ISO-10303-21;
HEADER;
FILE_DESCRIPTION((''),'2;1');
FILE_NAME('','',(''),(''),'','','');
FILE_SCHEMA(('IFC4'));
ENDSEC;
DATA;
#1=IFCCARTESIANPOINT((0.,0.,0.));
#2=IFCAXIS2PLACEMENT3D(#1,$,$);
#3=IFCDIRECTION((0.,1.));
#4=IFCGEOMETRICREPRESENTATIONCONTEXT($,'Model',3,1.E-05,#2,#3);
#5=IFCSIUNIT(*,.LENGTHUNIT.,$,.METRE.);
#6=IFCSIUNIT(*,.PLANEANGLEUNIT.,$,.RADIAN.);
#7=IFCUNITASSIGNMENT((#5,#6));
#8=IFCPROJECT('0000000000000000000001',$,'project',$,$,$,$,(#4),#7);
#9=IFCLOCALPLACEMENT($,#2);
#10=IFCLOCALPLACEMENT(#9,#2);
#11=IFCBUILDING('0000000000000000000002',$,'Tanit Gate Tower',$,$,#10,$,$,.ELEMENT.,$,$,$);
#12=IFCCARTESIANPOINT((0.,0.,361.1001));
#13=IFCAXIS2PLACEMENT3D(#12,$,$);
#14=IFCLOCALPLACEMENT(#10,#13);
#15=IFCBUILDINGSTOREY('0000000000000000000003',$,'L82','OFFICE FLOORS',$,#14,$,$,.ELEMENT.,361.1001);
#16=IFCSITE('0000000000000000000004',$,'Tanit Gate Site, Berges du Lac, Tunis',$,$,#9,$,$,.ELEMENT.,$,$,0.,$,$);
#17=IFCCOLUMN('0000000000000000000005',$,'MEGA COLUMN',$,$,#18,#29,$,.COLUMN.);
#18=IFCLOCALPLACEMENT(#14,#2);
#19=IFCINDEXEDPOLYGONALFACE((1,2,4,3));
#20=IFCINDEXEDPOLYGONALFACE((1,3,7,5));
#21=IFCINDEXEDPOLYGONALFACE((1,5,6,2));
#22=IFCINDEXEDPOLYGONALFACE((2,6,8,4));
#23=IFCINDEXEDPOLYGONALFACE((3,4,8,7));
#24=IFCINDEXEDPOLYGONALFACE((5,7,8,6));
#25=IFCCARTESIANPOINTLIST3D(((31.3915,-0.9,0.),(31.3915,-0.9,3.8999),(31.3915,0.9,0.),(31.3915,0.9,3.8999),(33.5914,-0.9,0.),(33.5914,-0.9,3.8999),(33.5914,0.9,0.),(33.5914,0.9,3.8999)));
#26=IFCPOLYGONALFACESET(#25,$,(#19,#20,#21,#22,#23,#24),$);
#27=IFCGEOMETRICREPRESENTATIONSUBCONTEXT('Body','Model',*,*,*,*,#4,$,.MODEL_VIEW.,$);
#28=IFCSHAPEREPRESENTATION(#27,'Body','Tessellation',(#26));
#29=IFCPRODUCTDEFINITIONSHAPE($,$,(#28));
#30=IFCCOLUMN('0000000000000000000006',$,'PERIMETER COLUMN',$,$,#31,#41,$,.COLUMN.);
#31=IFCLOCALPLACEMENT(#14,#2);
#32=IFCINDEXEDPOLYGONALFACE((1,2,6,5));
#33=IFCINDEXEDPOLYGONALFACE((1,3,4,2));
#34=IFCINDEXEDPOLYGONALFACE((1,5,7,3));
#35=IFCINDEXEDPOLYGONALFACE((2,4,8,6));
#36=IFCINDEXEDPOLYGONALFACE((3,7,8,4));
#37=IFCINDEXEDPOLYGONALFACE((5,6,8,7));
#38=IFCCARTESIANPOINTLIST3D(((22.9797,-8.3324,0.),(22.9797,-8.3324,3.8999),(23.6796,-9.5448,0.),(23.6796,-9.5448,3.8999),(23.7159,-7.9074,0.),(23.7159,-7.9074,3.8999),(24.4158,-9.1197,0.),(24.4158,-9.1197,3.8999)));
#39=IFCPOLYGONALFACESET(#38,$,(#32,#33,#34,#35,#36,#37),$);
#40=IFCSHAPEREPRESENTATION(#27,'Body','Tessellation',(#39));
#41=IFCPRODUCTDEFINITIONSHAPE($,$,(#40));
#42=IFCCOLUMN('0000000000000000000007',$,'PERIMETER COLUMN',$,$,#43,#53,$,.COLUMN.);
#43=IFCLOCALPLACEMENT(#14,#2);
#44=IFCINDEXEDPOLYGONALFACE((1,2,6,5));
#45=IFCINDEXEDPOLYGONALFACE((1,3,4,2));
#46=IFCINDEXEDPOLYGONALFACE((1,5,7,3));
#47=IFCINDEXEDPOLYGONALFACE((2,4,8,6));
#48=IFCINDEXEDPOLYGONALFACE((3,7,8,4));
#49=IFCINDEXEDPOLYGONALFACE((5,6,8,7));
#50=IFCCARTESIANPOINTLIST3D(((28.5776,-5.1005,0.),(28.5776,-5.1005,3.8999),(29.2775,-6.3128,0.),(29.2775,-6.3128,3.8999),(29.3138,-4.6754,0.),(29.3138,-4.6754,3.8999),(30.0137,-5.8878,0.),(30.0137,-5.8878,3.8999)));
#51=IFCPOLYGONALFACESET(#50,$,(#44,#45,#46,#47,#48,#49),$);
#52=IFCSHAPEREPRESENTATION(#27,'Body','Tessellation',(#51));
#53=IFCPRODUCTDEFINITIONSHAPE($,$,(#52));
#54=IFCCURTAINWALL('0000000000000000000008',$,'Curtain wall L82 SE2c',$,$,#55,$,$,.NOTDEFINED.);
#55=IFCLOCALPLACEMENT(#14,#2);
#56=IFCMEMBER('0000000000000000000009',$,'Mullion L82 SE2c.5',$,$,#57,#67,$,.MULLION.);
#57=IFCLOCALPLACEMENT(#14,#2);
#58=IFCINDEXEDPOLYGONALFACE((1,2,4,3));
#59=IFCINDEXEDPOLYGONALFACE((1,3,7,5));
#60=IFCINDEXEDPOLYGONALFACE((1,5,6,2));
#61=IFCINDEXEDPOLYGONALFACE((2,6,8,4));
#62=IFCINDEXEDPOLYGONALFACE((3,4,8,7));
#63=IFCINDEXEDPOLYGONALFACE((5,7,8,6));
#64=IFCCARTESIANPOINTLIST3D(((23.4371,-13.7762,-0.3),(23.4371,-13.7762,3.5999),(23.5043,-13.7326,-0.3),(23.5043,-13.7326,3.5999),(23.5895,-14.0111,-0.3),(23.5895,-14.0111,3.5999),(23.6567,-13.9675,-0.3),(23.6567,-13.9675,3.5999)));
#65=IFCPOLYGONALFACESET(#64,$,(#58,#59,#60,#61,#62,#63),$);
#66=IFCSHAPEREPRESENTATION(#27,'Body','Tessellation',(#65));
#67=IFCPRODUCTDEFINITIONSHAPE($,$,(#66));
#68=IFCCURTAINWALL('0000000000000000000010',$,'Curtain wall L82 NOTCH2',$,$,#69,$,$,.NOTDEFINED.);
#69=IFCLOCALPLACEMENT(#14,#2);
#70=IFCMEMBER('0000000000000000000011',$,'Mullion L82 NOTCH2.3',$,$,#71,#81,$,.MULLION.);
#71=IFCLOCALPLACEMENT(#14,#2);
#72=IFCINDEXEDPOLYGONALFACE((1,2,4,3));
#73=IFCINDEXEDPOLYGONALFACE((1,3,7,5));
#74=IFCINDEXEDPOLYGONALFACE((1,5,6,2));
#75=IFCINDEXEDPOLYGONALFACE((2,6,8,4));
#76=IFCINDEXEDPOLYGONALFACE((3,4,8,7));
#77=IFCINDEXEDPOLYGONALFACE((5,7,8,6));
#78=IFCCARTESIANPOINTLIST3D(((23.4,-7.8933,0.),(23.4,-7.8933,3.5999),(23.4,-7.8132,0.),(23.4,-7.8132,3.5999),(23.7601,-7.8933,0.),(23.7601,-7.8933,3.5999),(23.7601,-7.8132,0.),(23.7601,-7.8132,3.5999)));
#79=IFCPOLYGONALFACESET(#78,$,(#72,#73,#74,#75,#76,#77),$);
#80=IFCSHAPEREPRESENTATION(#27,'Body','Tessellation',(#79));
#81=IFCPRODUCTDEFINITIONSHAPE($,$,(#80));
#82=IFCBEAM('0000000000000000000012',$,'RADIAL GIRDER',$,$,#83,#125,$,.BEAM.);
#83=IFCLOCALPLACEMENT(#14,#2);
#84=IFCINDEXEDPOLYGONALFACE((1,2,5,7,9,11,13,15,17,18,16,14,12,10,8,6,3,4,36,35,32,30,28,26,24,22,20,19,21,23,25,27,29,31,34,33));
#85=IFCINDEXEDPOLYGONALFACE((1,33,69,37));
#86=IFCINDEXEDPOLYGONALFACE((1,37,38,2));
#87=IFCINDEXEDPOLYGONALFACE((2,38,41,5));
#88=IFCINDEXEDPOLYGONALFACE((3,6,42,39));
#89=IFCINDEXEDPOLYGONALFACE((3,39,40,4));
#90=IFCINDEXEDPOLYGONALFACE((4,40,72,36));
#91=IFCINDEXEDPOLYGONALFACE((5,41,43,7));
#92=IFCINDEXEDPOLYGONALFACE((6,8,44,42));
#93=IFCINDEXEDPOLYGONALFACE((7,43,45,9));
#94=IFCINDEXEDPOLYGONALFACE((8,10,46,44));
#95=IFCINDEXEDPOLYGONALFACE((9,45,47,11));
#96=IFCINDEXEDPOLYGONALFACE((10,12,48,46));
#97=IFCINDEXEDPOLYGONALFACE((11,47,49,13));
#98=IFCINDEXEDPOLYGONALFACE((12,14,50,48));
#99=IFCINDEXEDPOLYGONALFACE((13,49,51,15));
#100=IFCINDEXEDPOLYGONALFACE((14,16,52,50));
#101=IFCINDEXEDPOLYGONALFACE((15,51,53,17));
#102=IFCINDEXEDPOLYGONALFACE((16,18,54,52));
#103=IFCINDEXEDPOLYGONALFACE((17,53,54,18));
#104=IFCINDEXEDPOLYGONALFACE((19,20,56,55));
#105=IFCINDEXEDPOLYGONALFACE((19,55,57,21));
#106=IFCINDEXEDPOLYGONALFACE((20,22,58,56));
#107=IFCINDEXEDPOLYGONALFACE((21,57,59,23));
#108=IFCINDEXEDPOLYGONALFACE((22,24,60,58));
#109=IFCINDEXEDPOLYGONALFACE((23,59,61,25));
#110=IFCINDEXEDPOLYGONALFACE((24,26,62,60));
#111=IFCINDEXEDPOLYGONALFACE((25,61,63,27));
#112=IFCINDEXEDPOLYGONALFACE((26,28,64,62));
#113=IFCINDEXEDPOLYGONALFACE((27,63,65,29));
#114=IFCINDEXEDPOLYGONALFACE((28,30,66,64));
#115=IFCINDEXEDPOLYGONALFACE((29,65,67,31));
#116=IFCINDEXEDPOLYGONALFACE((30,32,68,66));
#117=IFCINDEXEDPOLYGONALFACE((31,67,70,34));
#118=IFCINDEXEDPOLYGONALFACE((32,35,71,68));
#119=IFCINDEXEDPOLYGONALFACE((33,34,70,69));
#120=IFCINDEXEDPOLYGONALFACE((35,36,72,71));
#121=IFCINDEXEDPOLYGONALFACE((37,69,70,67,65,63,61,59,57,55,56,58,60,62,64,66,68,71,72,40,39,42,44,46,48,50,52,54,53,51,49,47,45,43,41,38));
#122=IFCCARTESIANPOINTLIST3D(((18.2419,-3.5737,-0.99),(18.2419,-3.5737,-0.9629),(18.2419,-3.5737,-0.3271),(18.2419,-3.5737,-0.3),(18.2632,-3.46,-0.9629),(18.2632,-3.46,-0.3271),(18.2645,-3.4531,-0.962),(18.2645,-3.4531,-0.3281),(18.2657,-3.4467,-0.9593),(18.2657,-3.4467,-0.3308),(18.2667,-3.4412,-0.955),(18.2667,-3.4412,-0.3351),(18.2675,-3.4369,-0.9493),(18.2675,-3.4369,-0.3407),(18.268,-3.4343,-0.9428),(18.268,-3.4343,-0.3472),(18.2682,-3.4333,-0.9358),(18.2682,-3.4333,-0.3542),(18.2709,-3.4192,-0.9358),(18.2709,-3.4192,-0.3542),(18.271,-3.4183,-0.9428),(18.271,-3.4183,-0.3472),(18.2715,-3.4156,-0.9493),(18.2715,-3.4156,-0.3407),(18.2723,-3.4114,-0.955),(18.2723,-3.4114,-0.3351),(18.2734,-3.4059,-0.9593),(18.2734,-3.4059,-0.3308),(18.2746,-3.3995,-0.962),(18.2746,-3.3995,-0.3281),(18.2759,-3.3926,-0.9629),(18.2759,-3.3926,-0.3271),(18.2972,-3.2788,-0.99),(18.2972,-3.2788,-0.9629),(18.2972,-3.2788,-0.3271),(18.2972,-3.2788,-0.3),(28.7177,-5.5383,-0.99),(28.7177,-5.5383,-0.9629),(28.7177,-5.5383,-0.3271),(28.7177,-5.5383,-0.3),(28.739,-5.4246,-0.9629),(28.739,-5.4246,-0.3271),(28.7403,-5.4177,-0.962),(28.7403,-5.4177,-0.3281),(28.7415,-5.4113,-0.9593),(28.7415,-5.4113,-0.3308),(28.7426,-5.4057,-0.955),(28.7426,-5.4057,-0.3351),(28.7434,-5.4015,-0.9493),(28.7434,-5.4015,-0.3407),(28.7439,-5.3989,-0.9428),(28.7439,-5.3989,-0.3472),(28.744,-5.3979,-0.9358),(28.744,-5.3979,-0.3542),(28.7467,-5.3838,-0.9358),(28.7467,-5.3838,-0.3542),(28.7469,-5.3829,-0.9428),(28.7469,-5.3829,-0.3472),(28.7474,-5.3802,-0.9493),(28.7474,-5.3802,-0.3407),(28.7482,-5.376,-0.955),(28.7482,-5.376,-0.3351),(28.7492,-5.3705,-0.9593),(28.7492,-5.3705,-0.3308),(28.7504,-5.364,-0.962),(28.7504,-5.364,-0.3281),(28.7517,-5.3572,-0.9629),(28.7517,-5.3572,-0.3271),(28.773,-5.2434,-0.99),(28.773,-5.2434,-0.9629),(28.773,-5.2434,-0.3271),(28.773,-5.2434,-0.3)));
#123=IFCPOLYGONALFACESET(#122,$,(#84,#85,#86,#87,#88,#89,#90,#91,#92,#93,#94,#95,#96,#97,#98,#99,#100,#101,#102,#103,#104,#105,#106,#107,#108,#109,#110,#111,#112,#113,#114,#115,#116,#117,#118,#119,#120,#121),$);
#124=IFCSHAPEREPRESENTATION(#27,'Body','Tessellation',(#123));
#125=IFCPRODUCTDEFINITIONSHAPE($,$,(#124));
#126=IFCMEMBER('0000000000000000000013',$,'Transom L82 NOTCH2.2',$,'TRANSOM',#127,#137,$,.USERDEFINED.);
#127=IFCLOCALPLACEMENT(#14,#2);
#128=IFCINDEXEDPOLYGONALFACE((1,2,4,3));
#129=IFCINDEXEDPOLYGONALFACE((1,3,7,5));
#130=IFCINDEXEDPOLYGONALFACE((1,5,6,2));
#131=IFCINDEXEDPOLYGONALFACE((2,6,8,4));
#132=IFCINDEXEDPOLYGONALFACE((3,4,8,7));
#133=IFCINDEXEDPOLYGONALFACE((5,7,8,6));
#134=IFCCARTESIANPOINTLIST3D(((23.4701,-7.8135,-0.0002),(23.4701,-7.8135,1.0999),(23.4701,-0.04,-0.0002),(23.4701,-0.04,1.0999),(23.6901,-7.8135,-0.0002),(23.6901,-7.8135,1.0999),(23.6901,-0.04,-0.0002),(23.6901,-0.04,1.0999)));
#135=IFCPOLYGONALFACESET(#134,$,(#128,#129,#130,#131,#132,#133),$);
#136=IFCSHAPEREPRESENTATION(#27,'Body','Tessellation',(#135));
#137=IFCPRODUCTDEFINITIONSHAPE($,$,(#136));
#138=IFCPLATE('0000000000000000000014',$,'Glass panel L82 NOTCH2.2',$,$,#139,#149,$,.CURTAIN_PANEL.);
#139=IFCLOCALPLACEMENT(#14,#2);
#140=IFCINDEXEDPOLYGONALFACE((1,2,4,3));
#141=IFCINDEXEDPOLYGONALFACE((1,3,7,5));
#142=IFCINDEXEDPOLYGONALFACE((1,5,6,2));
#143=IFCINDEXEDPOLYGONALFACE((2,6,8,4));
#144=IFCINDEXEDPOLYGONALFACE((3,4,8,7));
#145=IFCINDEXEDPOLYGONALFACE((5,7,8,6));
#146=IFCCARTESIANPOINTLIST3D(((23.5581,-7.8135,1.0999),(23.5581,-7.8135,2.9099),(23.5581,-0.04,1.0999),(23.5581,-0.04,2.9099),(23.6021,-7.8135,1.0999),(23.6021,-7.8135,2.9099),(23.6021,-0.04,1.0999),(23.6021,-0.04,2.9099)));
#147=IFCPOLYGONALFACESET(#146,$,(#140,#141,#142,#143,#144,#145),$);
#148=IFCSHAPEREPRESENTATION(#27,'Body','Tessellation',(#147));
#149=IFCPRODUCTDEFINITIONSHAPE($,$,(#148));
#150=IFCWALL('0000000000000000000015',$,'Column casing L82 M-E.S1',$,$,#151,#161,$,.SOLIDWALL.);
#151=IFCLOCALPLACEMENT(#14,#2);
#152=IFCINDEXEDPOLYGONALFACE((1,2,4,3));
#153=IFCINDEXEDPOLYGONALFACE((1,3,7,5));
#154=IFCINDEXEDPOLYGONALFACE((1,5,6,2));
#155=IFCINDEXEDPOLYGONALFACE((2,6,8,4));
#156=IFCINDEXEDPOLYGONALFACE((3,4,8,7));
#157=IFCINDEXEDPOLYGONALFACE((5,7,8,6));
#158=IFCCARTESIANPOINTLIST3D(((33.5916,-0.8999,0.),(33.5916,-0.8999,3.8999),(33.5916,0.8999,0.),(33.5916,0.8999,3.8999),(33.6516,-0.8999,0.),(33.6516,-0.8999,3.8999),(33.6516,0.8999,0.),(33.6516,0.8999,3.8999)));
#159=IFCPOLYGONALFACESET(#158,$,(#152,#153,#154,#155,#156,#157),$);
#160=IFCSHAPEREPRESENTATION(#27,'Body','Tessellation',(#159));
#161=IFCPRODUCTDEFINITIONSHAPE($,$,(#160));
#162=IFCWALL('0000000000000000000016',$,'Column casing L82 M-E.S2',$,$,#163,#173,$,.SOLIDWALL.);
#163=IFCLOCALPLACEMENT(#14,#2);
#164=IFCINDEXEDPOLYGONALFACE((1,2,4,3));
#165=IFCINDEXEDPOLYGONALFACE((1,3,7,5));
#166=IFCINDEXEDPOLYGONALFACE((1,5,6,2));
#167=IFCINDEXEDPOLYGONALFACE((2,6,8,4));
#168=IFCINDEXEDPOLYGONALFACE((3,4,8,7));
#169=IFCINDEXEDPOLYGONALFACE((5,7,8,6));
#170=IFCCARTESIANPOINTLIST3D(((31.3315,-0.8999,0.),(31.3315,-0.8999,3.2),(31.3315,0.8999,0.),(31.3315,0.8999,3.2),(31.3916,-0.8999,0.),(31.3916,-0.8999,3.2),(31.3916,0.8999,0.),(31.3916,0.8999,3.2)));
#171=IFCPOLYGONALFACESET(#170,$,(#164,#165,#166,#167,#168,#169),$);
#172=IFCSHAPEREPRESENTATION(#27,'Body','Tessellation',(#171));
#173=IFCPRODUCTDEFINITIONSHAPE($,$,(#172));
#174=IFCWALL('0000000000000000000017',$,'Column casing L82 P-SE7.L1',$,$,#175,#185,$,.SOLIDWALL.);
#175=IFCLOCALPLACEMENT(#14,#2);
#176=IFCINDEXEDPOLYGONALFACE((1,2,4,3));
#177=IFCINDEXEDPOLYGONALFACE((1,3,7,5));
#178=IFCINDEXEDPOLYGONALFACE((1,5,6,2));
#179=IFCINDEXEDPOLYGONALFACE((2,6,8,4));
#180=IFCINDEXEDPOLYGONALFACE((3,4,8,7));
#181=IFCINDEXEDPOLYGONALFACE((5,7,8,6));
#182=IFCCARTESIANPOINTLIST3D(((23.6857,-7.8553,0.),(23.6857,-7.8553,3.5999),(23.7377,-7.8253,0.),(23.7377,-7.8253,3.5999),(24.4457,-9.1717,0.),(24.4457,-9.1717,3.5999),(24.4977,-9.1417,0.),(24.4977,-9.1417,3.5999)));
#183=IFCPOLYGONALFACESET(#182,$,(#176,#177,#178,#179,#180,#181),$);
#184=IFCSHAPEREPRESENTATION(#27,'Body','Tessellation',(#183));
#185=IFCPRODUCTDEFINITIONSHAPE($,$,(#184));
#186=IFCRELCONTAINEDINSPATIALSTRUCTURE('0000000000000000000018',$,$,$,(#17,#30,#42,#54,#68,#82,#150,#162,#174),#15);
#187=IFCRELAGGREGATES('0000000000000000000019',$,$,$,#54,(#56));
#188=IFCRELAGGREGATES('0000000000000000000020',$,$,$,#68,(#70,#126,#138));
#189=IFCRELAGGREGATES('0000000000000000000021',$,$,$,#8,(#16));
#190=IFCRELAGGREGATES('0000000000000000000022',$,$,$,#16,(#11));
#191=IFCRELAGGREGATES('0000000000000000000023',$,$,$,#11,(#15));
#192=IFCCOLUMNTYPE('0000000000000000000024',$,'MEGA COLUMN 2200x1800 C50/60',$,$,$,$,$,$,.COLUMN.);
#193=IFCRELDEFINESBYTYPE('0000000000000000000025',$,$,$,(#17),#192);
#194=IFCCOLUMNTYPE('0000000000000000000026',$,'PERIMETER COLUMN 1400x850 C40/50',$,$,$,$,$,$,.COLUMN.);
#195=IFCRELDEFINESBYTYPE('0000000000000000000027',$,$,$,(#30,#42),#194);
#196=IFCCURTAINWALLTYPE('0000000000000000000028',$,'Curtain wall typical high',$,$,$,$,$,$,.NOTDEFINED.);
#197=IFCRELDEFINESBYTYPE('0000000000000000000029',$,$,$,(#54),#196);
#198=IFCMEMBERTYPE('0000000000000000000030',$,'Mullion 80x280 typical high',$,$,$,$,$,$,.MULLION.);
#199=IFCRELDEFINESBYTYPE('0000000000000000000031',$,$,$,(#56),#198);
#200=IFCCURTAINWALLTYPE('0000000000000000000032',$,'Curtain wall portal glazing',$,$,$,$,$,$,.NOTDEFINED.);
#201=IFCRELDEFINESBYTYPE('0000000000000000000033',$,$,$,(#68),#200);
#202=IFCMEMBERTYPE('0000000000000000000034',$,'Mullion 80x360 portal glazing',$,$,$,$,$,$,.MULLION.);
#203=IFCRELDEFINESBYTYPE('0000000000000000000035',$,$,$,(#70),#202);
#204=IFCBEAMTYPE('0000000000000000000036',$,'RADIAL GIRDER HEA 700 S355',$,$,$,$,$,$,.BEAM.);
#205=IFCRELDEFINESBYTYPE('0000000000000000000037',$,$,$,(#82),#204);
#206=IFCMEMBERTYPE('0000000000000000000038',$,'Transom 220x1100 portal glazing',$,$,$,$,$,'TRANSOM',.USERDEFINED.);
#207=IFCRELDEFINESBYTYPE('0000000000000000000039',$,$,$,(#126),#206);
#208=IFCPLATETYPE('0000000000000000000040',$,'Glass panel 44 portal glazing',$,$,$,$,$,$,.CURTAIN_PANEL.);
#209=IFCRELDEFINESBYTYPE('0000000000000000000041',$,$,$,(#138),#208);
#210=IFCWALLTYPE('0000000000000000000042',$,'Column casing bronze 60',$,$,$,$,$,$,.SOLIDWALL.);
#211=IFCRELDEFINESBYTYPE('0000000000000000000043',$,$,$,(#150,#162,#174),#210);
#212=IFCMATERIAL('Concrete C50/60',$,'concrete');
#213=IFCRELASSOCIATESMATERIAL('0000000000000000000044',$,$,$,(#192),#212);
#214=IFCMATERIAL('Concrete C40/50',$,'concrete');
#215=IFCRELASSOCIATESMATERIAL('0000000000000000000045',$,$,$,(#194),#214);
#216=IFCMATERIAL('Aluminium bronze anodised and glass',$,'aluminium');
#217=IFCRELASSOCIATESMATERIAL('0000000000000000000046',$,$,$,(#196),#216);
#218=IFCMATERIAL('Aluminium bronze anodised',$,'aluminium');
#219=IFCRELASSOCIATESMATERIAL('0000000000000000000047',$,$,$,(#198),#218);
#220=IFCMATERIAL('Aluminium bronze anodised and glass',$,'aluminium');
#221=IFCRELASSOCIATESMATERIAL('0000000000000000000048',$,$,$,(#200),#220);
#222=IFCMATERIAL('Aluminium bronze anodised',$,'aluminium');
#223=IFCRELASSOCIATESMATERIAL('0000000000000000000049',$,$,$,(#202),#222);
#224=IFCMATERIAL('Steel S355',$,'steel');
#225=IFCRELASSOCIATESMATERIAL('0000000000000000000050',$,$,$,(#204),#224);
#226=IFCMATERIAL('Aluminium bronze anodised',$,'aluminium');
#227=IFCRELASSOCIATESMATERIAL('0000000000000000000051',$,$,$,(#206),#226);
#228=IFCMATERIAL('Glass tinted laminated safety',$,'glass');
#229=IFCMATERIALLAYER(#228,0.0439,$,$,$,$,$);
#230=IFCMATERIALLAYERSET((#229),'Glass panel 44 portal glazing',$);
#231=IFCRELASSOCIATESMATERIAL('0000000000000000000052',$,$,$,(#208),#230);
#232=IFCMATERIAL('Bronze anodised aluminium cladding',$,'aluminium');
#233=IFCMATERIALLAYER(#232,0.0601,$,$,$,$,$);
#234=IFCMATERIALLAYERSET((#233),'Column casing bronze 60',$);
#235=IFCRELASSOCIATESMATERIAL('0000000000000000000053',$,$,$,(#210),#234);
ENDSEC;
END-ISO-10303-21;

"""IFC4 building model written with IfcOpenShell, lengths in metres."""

from ifc_helpers import new_model, si_unit, direction, frame, frame_2d, origin, origin_2d, place, context, subcontext, project, spatial, rectangle, i_section, extrude, material, layer, layer_set, material_profile, profile_set, type_object, element, aggregate, save


model = new_model("IFC4")

# Units and contexts
model_context = context("Model", 3, precision=1e-05, world=origin(), true_north=direction((0.0, 1.0)))
body_context = subcontext(model_context, "Body", "Model", "MODEL_VIEW")
ifc_project = project(units=[si_unit("LENGTHUNIT", "METRE"), si_unit("PLANEANGLEUNIT", "RADIAN")], contexts=[model_context])

# Site, building, storey
site_placement = place(None, origin())
site = spatial("IfcSite", under=ifc_project, at=site_placement, Name="Tanit Gate Site, Berges du Lac, Tunis", CompositionType="ELEMENT", RefElevation=0.0)
building_placement = place(site_placement, origin())
building = spatial("IfcBuilding", under=site, at=building_placement, Name="Tanit Gate Tower", CompositionType="ELEMENT")
storey_placement = place(building_placement, frame((0.0, 0.0, 361.1001)))
storey = spatial("IfcBuildingStorey", under=building, at=storey_placement, Name="L82", Description="OFFICE FLOORS", CompositionType="ELEMENT", Elevation=361.1001)

# Columns
ifc_material_1 = material(Name="Concrete C50/60", Category="concrete")
ifc_material_profile_1 = material_profile(ifc_material_1, rectangle(XDim=2.2, YDim=1.8, at=origin_2d()), Name="RC 2200x1800")
ifc_profile_set_1 = profile_set([ifc_material_profile_1], Name="Concrete C50/60")
column_type_1 = type_object("IfcColumnType", Name="MEGA COLUMN 2200x1800 C50/60", PredefinedType="COLUMN", material=ifc_profile_set_1)
column_placement = place(storey_placement, frame((32.4915, 0.0, 0.0), z_axis=(0.0, 0.0, 1.0), x_axis=(1.0, 0.0, 0.0)))
element("IfcColumn", 1, at=column_placement, inside=storey, type_object=column_type_1, Name="MEGA COLUMN", PredefinedType="COLUMN", context=body_context, shape_type="SweptSolid", body=[
    extrude(rectangle(XDim=2.2, YDim=1.8, at=origin_2d()), origin(), (0.0, 0.0, 1.0), 3.8999),
])
ifc_material_2 = material(Name="Concrete C40/50", Category="concrete")
ifc_material_profile_2 = material_profile(ifc_material_2, rectangle(XDim=1.3999, YDim=0.8501, at=origin_2d()), Name="RC 1400x850")
ifc_profile_set_2 = profile_set([ifc_material_profile_2], Name="Concrete C40/50")
column_type_2 = type_object("IfcColumnType", Name="PERIMETER COLUMN 1400x850 C40/50", PredefinedType="COLUMN", material=ifc_profile_set_2)
for number, where, z_axis, x_axis, name in (
    (2, (23.6978, -8.7261, 0.0), (0.0, 0.0, 1.0), (0.5, -0.866025, 0.0), "PERIMETER COLUMN"),
    (3, (29.2957, -5.4941, 0.0), (0.0, 0.0, 1.0), (0.5, -0.866025, 0.0), "PERIMETER COLUMN"),
):
    element("IfcColumn", number, at=place(storey_placement, frame(where, z_axis=z_axis, x_axis=x_axis)), inside=storey, type_object=column_type_2, Name=name, PredefinedType="COLUMN", context=body_context, shape_type="SweptSolid", body=[
        extrude(rectangle(XDim=1.3999, YDim=0.8501, at=origin_2d()), origin(), (0.0, 0.0, 1.0), 3.8999),
    ])

# Curtain walls, members
ifc_material_3 = material(Name="Aluminium bronze anodised and glass", Category="aluminium")
curtain_wall_type_1 = type_object("IfcCurtainWallType", Name="Curtain wall typical high", PredefinedType="NOTDEFINED", material=ifc_material_3)
curtain_wall_1_placement = place(storey_placement, origin())
curtain_wall_1 = element("IfcCurtainWall", 4, at=curtain_wall_1_placement, inside=storey, type_object=curtain_wall_type_1, Name="Curtain wall L82 SE2c", PredefinedType="NOTDEFINED")
ifc_material_4 = material(Name="Aluminium bronze anodised", Category="aluminium")
ifc_material_profile_3 = material_profile(ifc_material_4, rectangle(XDim=0.28, YDim=0.0801, at=origin_2d()), Name="80x280 bronze mullion")
ifc_profile_set_3 = profile_set([ifc_material_profile_3], Name="Aluminium bronze anodised")
member_type_1 = type_object("IfcMemberType", Name="Mullion 80x280 typical high", PredefinedType="MULLION", material=ifc_profile_set_3)
member_1_placement = place(storey_placement, frame((23.5469, -13.8718, -0.3), z_axis=(0.0, 0.0, 1.0), x_axis=(-0.544243, 0.838927, 0.0)))
member_1 = element("IfcMember", 5, at=member_1_placement, type_object=member_type_1, Name="Mullion L82 SE2c.5", PredefinedType="MULLION", context=body_context, shape_type="SweptSolid", body=[
    extrude(rectangle(XDim=0.28, YDim=0.0801, at=origin_2d()), origin(), (0.0, 0.0, 1.0), 3.8999),
])
aggregate(curtain_wall_1, [member_1])
ifc_material_5 = material(Name="Aluminium bronze anodised and glass", Category="aluminium")
curtain_wall_type_2 = type_object("IfcCurtainWallType", Name="Curtain wall portal glazing", PredefinedType="NOTDEFINED", material=ifc_material_5)
curtain_wall_2_placement = place(storey_placement, origin())
curtain_wall_2 = element("IfcCurtainWall", 6, at=curtain_wall_2_placement, inside=storey, type_object=curtain_wall_type_2, Name="Curtain wall L82 NOTCH2", PredefinedType="NOTDEFINED")
ifc_material_6 = material(Name="Aluminium bronze anodised", Category="aluminium")
ifc_material_profile_4 = material_profile(ifc_material_6, rectangle(XDim=0.3601, YDim=0.0801, at=origin_2d()), Name="80x360 bronze mullion")
ifc_profile_set_4 = profile_set([ifc_material_profile_4], Name="Aluminium bronze anodised")
member_type_2 = type_object("IfcMemberType", Name="Mullion 80x360 portal glazing", PredefinedType="MULLION", material=ifc_profile_set_4)
member_2_placement = place(storey_placement, frame((23.5801, -7.8533, 0.0), z_axis=(0.0, 0.0, 1.0), x_axis=(1.0, 0.0, 0.0)))
member_2 = element("IfcMember", 7, at=member_2_placement, type_object=member_type_2, Name="Mullion L82 NOTCH2.3", PredefinedType="MULLION", context=body_context, shape_type="SweptSolid", body=[
    extrude(rectangle(XDim=0.3601, YDim=0.0801, at=origin_2d()), origin(), (0.0, 0.0, 1.0), 3.5999),
])

# Beam
ifc_material_7 = material(Name="Steel S355", Category="steel")
ifc_material_profile_5 = material_profile(ifc_material_7, i_section(OverallWidth=0.3, OverallDepth=0.6899, WebThickness=0.0144, FlangeThickness=0.0271, FilletRadius=0.0271, at=origin_2d()), Name="HEA 700")
ifc_profile_set_5 = profile_set([ifc_material_profile_5], Name="Steel S355")
beam_type = type_object("IfcBeamType", Name="RADIAL GIRDER HEA 700 S355", PredefinedType="BEAM", material=ifc_profile_set_5)
beam_placement = place(storey_placement, frame((28.7454, -5.3909, -0.645), z_axis=(-0.982866, 0.184323, 0.0), x_axis=(-0.184323, -0.982866, 0.0)))
element("IfcBeam", 8, at=beam_placement, inside=storey, type_object=beam_type, Name="RADIAL GIRDER", PredefinedType="BEAM", context=body_context, shape_type="SweptSolid", body=[
    extrude(i_section(OverallWidth=0.3, OverallDepth=0.6899, WebThickness=0.0144, FlangeThickness=0.0271, FilletRadius=0.0271, at=origin_2d()), origin(), (0.0, 0.0, 1.0), 10.6584),
])

# Member
ifc_material_8 = material(Name="Aluminium bronze anodised", Category="aluminium")
ifc_material_profile_6 = material_profile(ifc_material_8, rectangle(XDim=0.22, YDim=1.1001, at=origin_2d()), Name="220x1100 bronze transom")
ifc_profile_set_6 = profile_set([ifc_material_profile_6], Name="Aluminium bronze anodised")
member_type_3 = type_object("IfcMemberType", Name="Transom 220x1100 portal glazing", ElementType="TRANSOM", PredefinedType="USERDEFINED", material=ifc_profile_set_6)
member_3_placement = place(storey_placement, frame((23.5801, -0.04, 0.5498), z_axis=(0.0, -1.0, 0.0), x_axis=(1.0, 0.0, 0.0)))
member_3 = element("IfcMember", 9, at=member_3_placement, type_object=member_type_3, Name="Transom L82 NOTCH2.2", ObjectType="TRANSOM", PredefinedType="USERDEFINED", context=body_context, shape_type="SweptSolid", body=[
    extrude(rectangle(XDim=0.22, YDim=1.1001, at=origin_2d()), origin(), (0.0, 0.0, 1.0), 7.7734),
])

# Plate
ifc_material_9 = material(Name="Glass tinted laminated safety", Category="glass")
ifc_layer_1 = layer(ifc_material_9, 0.0439)
ifc_layer_set_1 = layer_set([ifc_layer_1], Name="Glass panel 44 portal glazing")
plate_type = type_object("IfcPlateType", Name="Glass panel 44 portal glazing", PredefinedType="CURTAIN_PANEL", material=ifc_layer_set_1)
plate_placement = place(storey_placement, frame((23.5801, -3.9268, 1.0999), z_axis=(0.0, 0.0, 1.0), x_axis=(0.0, -1.0, 0.0)))
plate = element("IfcPlate", 10, at=plate_placement, type_object=plate_type, Name="Glass panel L82 NOTCH2.2", PredefinedType="CURTAIN_PANEL", context=body_context, shape_type="SweptSolid", body=[
    extrude(rectangle(XDim=7.7734, YDim=0.0439, at=origin_2d()), origin(), (0.0, 0.0, 1.0), 1.8101),
])
aggregate(curtain_wall_2, [member_2, member_3, plate])

# Walls
ifc_material_10 = material(Name="Bronze anodised aluminium cladding", Category="aluminium")
ifc_layer_2 = layer(ifc_material_10, 0.0601)
ifc_layer_set_2 = layer_set([ifc_layer_2], Name="Column casing bronze 60")
wall_type_1 = type_object("IfcWallType", Name="Column casing bronze 60", PredefinedType="SOLIDWALL", material=ifc_layer_set_2)
wall_1_placement = place(storey_placement, frame((33.6216, -0.8999, 0.0), z_axis=(0.0, 0.0, 1.0), x_axis=(0.0, 1.0, 0.0)))
element("IfcWall", 11, at=wall_1_placement, inside=storey, type_object=wall_type_1, Name="Column casing L82 M-E.S1", PredefinedType="SOLIDWALL", context=body_context, shape_type="SweptSolid", body=[
    extrude(rectangle(XDim=1.7998, YDim=0.0601, at=frame_2d((0.8999, 0.0))), origin(), (0.0, 0.0, 1.0), 3.8999),
])
wall_2_placement = place(storey_placement, frame((31.3616, -0.8999, 0.0), z_axis=(0.0, 0.0, 1.0), x_axis=(0.0, 1.0, 0.0)))
element("IfcWall", 12, at=wall_2_placement, inside=storey, type_object=wall_type_1, Name="Column casing L82 M-E.S2", PredefinedType="SOLIDWALL", context=body_context, shape_type="SweptSolid", body=[
    extrude(rectangle(XDim=1.7998, YDim=0.0601, at=frame_2d((0.8999, 0.0))), origin(), (0.0, 0.0, 1.0), 3.2),
])
wall_3_placement = place(storey_placement, frame((23.7117, -7.8403, 0.0), z_axis=(0.0, 0.0, 1.0), x_axis=(0.499991, -0.86603, 0.0)))
element("IfcWall", 13, at=wall_3_placement, inside=storey, type_object=wall_type_1, Name="Column casing L82 P-SE7.L1", PredefinedType="SOLIDWALL", context=body_context, shape_type="SweptSolid", body=[
    extrude(rectangle(XDim=1.52, YDim=0.0601, at=frame_2d((0.76, 0.0))), origin(), (0.0, 0.0, 1.0), 3.5999),
])

save(model, "model.ifc")
